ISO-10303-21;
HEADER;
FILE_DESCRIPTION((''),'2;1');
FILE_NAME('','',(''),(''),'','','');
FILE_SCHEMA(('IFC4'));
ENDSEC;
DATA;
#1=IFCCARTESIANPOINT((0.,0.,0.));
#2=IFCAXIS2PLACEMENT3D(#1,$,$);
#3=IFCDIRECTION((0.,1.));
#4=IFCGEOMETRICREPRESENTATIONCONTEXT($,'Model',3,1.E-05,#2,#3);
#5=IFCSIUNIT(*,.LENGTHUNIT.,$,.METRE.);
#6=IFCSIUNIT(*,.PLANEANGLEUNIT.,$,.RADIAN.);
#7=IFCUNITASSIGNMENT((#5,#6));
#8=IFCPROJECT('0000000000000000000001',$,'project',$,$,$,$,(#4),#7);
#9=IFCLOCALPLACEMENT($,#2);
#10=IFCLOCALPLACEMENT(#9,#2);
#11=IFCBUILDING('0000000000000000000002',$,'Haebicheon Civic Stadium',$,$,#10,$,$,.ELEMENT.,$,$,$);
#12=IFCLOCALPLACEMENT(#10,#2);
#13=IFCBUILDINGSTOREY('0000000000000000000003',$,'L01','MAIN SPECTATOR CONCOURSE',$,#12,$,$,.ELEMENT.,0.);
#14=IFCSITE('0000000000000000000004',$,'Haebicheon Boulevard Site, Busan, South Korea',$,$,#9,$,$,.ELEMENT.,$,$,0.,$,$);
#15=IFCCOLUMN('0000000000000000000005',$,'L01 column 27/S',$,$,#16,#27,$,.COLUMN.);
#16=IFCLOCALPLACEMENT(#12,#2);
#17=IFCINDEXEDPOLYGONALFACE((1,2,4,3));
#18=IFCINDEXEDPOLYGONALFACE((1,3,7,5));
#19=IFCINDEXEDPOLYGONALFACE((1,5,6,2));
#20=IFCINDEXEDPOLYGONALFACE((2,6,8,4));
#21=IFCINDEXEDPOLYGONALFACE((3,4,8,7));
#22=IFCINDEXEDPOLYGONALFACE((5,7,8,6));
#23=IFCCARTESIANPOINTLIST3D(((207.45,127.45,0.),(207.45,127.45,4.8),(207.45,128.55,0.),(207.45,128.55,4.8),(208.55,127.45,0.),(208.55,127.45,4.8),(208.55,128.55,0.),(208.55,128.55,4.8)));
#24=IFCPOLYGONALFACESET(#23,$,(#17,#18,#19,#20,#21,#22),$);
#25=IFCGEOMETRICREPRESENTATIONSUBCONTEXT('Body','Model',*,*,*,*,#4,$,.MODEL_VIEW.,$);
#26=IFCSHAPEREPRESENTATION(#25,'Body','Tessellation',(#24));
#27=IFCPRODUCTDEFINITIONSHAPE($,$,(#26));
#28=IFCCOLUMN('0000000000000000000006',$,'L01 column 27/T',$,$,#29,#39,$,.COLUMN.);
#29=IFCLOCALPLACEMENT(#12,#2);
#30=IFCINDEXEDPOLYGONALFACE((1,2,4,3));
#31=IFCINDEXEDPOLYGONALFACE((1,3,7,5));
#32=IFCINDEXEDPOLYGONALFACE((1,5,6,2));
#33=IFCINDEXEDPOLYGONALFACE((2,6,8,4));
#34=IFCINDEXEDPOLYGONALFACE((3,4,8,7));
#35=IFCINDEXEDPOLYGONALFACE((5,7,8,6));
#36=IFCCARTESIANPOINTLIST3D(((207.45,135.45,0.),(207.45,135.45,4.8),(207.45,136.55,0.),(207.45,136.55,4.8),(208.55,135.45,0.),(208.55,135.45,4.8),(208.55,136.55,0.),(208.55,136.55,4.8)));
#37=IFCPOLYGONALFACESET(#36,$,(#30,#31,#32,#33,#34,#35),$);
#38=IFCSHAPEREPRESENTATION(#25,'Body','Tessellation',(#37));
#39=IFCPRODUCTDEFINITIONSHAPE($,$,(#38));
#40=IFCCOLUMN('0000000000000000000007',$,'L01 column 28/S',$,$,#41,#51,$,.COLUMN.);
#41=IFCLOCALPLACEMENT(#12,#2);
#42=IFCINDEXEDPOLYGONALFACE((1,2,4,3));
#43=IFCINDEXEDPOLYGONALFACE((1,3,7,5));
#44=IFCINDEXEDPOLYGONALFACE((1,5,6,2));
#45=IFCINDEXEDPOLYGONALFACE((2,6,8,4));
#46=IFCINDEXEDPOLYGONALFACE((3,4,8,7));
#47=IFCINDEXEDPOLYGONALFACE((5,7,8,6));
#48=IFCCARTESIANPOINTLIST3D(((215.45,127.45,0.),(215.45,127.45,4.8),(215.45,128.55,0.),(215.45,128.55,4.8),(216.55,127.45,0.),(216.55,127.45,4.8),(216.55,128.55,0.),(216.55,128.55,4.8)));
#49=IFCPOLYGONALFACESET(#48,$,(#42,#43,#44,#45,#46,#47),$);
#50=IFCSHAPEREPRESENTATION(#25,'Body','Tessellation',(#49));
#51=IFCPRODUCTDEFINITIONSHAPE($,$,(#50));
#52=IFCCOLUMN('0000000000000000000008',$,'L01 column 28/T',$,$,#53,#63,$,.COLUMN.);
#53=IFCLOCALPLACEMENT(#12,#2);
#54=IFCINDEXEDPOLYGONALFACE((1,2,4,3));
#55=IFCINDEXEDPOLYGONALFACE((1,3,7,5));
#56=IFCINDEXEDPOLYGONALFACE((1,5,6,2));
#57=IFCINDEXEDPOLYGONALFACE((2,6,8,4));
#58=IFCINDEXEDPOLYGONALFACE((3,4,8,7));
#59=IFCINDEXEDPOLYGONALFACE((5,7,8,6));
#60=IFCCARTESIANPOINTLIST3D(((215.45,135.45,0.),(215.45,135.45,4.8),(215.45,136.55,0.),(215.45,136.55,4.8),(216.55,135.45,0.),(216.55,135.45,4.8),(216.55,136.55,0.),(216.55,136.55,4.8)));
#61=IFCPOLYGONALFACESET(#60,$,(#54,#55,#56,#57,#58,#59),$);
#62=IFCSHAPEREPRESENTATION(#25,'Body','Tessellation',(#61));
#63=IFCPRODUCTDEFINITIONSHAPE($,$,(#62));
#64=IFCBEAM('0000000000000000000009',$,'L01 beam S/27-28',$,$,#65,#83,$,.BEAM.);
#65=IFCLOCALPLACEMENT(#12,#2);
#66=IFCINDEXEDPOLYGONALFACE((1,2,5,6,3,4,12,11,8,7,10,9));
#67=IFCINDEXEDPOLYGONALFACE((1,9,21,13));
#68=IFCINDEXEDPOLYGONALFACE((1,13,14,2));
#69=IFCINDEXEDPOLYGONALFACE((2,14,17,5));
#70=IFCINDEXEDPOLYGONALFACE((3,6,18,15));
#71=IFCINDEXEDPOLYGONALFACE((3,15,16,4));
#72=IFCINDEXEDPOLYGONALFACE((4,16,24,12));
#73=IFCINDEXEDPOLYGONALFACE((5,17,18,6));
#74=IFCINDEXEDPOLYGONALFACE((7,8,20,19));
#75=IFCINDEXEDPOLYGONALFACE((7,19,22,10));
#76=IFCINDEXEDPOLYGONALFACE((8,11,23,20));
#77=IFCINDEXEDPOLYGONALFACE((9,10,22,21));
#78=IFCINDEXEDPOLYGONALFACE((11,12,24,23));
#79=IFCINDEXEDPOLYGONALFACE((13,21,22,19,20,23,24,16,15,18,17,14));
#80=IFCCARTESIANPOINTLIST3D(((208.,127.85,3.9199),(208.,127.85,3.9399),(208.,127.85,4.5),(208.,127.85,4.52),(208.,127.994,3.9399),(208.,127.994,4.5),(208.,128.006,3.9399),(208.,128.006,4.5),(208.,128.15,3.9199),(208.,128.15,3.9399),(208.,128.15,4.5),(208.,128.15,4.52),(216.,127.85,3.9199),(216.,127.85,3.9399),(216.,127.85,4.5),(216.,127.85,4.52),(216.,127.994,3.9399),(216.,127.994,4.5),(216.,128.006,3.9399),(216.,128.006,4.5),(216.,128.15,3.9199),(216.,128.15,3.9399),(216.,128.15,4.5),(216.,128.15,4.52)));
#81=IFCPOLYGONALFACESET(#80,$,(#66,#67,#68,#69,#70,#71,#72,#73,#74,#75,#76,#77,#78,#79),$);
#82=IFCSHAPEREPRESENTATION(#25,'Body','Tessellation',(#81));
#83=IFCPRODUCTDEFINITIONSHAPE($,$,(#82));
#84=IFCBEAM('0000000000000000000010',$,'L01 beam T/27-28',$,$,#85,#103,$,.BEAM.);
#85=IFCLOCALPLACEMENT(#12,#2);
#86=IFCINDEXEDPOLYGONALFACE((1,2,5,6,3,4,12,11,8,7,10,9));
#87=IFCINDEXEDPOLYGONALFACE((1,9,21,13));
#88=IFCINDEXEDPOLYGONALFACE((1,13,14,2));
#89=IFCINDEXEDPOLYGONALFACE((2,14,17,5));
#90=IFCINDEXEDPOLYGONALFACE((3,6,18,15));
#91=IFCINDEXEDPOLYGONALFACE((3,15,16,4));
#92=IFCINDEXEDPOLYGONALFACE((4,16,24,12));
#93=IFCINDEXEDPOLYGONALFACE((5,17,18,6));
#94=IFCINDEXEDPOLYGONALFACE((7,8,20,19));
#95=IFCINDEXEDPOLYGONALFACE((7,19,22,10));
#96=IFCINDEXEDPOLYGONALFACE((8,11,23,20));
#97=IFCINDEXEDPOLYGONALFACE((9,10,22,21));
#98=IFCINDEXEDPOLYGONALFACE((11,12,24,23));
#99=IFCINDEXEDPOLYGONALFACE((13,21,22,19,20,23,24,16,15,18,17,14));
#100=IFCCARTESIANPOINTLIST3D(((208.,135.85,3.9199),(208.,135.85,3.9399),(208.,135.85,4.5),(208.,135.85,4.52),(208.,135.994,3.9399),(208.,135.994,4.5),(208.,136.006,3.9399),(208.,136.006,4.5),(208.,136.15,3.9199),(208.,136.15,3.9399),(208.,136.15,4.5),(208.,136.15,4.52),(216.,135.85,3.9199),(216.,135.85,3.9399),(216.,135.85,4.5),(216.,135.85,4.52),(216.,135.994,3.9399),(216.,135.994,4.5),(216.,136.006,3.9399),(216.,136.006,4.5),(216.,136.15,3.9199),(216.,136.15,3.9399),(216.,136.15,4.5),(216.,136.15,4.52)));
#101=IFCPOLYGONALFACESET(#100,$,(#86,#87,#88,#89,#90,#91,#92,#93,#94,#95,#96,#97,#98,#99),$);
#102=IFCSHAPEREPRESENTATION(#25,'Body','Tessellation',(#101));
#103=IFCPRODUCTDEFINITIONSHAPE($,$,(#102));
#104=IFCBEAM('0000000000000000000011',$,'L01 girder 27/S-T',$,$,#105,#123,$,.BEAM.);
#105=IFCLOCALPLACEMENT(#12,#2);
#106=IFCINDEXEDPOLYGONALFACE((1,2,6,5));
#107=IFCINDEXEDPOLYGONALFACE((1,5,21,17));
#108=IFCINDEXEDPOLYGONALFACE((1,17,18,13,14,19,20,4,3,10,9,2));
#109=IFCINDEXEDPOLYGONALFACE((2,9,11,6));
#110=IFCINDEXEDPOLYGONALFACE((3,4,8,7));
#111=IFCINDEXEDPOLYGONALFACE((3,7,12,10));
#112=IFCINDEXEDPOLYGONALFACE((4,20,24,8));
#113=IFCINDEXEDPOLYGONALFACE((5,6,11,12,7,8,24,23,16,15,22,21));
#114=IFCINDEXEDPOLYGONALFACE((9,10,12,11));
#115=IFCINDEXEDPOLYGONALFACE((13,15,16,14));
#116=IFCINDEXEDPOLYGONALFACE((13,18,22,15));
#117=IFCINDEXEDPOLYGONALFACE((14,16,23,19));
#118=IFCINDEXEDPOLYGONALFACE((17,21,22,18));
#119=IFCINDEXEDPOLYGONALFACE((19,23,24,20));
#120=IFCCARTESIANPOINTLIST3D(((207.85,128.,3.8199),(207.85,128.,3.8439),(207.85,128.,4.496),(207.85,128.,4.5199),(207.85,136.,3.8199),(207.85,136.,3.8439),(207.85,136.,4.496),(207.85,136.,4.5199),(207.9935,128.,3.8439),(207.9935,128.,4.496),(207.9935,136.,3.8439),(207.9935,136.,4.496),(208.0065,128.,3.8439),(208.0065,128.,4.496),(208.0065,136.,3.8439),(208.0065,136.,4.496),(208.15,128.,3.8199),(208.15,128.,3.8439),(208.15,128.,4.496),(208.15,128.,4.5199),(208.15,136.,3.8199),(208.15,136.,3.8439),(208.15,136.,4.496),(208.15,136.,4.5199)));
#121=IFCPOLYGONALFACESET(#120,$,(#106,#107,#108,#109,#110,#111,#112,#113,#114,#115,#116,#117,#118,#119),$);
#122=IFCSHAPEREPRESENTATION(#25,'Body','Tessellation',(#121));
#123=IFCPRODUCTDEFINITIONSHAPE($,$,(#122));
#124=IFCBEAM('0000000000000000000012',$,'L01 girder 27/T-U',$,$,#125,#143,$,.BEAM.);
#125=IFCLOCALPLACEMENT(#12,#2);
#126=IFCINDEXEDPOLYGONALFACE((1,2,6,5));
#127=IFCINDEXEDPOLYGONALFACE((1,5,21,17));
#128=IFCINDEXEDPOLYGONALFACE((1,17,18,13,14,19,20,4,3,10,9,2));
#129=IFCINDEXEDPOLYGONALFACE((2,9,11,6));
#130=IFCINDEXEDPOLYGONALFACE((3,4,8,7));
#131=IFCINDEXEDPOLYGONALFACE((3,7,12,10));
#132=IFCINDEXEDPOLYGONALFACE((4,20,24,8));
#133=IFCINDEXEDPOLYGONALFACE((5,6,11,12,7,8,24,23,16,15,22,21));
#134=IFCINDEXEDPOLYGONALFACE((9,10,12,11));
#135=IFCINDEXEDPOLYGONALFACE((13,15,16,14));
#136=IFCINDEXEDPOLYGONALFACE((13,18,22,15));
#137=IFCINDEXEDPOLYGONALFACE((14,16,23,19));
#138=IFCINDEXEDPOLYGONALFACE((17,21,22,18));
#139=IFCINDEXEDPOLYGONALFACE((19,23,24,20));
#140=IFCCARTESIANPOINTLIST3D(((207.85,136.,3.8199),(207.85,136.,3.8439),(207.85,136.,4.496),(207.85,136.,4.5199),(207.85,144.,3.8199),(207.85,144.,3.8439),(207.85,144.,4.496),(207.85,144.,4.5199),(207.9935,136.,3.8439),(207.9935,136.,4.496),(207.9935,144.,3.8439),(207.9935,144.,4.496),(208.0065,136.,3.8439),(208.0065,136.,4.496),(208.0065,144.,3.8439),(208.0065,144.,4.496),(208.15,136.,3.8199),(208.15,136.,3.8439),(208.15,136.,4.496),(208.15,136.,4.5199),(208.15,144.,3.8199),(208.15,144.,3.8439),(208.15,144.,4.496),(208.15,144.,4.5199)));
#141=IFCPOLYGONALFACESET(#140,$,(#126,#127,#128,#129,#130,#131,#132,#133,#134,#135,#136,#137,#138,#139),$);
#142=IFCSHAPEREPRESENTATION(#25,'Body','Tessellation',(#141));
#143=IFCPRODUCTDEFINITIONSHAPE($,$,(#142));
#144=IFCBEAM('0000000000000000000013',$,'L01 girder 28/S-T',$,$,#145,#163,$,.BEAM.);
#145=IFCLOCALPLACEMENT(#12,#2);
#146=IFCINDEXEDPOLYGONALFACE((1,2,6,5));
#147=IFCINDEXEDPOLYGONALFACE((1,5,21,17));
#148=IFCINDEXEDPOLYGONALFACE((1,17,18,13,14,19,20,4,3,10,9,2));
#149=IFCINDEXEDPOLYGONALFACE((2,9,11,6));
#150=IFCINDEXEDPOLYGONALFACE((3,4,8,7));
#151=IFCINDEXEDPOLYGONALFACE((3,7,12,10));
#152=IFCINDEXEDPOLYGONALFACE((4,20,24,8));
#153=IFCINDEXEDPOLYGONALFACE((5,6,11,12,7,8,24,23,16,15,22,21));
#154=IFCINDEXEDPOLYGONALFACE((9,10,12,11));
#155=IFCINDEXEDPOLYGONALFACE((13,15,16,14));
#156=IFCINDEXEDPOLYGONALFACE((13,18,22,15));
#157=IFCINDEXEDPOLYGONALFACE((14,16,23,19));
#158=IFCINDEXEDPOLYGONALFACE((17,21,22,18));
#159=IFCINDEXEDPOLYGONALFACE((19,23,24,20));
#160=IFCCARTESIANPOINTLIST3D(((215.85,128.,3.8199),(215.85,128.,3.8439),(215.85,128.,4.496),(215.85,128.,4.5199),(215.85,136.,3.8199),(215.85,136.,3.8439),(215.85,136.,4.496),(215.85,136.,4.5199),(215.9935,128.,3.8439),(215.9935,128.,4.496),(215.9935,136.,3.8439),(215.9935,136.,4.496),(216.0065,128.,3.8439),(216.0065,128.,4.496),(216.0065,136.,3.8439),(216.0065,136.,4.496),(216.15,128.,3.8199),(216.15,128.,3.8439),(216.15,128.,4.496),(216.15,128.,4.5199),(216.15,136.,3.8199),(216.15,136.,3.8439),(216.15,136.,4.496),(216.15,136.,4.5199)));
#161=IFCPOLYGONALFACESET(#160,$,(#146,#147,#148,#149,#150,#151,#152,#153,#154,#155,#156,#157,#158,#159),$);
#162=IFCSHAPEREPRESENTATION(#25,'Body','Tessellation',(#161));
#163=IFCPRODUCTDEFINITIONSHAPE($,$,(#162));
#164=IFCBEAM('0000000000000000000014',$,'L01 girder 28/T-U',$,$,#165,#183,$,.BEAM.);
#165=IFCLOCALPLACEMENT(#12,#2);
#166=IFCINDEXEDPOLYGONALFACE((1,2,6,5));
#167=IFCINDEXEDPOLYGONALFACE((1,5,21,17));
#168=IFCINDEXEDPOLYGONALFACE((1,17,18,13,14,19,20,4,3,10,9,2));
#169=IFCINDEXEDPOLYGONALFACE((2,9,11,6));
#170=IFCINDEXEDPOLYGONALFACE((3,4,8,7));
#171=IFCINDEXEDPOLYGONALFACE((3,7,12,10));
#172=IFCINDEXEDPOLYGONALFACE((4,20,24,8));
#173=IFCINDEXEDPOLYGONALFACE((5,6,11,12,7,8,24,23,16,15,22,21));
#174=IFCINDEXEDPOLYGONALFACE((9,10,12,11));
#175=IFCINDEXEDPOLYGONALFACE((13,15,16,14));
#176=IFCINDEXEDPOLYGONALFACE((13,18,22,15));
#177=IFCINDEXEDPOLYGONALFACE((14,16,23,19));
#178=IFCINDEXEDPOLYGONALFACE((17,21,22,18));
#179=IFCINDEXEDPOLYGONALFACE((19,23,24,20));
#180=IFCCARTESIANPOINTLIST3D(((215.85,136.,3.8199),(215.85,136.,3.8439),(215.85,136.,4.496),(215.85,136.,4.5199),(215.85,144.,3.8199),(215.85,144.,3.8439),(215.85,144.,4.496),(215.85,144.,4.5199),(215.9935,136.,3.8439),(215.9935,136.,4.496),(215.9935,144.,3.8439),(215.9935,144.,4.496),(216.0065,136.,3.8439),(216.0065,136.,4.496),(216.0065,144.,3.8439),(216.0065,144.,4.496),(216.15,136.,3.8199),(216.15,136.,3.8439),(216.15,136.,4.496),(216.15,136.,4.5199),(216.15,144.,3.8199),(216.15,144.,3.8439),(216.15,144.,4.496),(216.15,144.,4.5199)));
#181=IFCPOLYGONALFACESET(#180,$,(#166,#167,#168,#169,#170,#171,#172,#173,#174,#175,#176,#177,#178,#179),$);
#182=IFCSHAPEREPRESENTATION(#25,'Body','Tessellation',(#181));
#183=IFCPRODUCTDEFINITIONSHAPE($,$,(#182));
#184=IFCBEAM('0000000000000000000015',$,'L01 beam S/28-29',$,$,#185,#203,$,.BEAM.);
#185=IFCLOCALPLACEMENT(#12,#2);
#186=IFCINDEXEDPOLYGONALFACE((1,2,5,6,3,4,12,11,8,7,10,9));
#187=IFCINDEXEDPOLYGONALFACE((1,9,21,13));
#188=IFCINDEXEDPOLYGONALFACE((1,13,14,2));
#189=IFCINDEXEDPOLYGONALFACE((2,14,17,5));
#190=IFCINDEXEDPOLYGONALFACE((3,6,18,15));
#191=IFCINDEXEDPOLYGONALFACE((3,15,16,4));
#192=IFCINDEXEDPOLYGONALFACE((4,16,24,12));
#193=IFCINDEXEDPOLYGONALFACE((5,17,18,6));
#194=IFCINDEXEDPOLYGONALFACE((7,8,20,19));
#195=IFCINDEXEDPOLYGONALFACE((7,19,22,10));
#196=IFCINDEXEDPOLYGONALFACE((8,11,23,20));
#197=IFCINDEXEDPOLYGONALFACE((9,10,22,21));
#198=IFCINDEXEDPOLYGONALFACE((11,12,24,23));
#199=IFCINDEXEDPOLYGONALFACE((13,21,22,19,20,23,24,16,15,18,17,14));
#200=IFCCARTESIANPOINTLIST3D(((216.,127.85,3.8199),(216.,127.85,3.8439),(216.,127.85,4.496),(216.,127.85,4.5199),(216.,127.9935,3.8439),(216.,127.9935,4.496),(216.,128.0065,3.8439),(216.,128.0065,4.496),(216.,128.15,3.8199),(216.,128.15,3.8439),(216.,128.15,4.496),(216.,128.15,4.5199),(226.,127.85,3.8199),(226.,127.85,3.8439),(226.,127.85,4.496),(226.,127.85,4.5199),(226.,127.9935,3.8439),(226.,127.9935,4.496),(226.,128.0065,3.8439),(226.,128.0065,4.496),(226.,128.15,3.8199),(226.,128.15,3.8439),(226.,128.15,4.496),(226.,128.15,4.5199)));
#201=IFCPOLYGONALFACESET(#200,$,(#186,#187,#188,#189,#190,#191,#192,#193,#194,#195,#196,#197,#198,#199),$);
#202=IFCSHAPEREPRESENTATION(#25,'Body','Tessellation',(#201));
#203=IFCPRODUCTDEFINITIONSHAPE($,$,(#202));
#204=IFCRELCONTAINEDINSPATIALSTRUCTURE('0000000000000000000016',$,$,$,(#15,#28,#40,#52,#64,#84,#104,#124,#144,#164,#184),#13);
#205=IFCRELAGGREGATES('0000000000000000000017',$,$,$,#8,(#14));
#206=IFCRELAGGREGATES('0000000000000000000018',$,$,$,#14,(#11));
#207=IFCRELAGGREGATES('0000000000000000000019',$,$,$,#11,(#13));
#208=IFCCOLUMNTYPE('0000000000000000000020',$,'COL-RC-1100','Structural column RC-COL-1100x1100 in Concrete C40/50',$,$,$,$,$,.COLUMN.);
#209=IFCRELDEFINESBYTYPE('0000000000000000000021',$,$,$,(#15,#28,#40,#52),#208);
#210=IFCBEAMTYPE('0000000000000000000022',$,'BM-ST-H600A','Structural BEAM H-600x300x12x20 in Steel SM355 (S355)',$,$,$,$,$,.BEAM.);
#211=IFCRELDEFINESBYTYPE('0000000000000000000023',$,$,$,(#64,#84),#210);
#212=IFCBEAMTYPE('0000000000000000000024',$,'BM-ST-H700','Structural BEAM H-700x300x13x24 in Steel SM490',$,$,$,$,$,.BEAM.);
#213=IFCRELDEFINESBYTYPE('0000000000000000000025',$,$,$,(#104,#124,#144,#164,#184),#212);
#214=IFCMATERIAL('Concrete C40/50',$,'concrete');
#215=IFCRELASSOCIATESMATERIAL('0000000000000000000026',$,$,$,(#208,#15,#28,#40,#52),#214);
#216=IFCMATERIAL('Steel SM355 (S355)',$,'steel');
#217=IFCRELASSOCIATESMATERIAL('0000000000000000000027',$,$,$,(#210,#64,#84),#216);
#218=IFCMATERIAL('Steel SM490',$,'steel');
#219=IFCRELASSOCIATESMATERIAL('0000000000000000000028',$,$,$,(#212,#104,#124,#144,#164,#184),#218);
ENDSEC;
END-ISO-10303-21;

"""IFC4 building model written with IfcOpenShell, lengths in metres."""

from ifc_helpers import new_model, si_unit, direction, frame, origin, origin_2d, place, context, subcontext, project, spatial, rectangle, i_section, extrude, material, material_profile, profile_set, type_object, element, save


model = new_model("IFC4")

# Units and contexts
model_context = context("Model", 3, precision=1e-05, world=origin(), true_north=direction((0.0, 1.0)))
body_context = subcontext(model_context, "Body", "Model", "MODEL_VIEW")
ifc_project = project(units=[si_unit("LENGTHUNIT", "METRE"), si_unit("PLANEANGLEUNIT", "RADIAN")], contexts=[model_context])

# Site, building, storey
site_placement = place(None, origin())
site = spatial("IfcSite", under=ifc_project, at=site_placement, Name="Haebicheon Boulevard Site, Busan, South Korea", CompositionType="ELEMENT", RefElevation=0.0)
building_placement = place(site_placement, origin())
building = spatial("IfcBuilding", under=site, at=building_placement, Name="Haebicheon Civic Stadium", CompositionType="ELEMENT")
storey_placement = place(building_placement, origin())
storey = spatial("IfcBuildingStorey", under=building, at=storey_placement, Name="L01", Description="MAIN SPECTATOR CONCOURSE", CompositionType="ELEMENT", Elevation=0.0)

# Columns
ifc_material_1 = material(Name="Concrete C40/50", Category="concrete")
ifc_material_profile_1 = material_profile(ifc_material_1, rectangle(XDim=1.1001, YDim=1.1001, at=origin_2d()), Name="RC-COL-1100x1100")
ifc_profile_set_1 = profile_set([ifc_material_profile_1], Name="Concrete C40/50")
column_type = type_object("IfcColumnType", Name="COL-RC-1100", Description="Structural column RC-COL-1100x1100 in Concrete C40/50", PredefinedType="COLUMN", material=ifc_profile_set_1)
for number, where, z_axis, x_axis, name in (
    (1, (208.0, 128.0, 0.0), (0.0, 0.0, 1.0), (1.0, 0.0, 0.0), "L01 column 27/S"),
    (2, (208.0, 136.0, 0.0), (0.0, 0.0, 1.0), (1.0, 0.0, 0.0), "L01 column 27/T"),
    (3, (216.0, 128.0, 0.0), (0.0, 0.0, 1.0), (1.0, 0.0, 0.0), "L01 column 28/S"),
    (4, (216.0, 136.0, 0.0), (0.0, 0.0, 1.0), (1.0, 0.0, 0.0), "L01 column 28/T"),
):
    element("IfcColumn", number, at=place(storey_placement, frame(where, z_axis=z_axis, x_axis=x_axis)), inside=storey, type_object=column_type, material=ifc_profile_set_1, Name=name, PredefinedType="COLUMN", context=body_context, shape_type="SweptSolid", body=[
        extrude(rectangle(XDim=1.1001, YDim=1.1001, at=origin_2d()), origin(), (0.0, 0.0, 1.0), 4.8),
    ])

# Beams
ifc_material_2 = material(Name="Steel SM355 (S355)", Category="steel")
ifc_material_profile_2 = material_profile(ifc_material_2, i_section(OverallWidth=0.3, OverallDepth=0.6001, WebThickness=0.012, FlangeThickness=0.02, at=origin_2d()), Name="H-600x300x12x20")
ifc_profile_set_2 = profile_set([ifc_material_profile_2], Name="Steel SM355 (S355)")
beam_type_1 = type_object("IfcBeamType", Name="BM-ST-H600A", Description="Structural BEAM H-600x300x12x20 in Steel SM355 (S355)", PredefinedType="BEAM", material=ifc_profile_set_2)
for number, where, z_axis, x_axis, name in (
    (5, (208.0, 128.0, 4.22), (1.0, 0.0, 0.0), (0.0, 1.0, 0.0), "L01 beam S/27-28"),
    (6, (208.0, 136.0, 4.22), (1.0, 0.0, 0.0), (0.0, 1.0, 0.0), "L01 beam T/27-28"),
):
    element("IfcBeam", number, at=place(storey_placement, frame(where, z_axis=z_axis, x_axis=x_axis)), inside=storey, type_object=beam_type_1, material=ifc_profile_set_2, Name=name, PredefinedType="BEAM", context=body_context, shape_type="SweptSolid", body=[
        extrude(i_section(OverallWidth=0.3, OverallDepth=0.6001, WebThickness=0.012, FlangeThickness=0.02, at=origin_2d()), origin(), (0.0, 0.0, 1.0), 8.0),
    ])
ifc_material_3 = material(Name="Steel SM490", Category="steel")
ifc_material_profile_3 = material_profile(ifc_material_3, i_section(OverallWidth=0.3, OverallDepth=0.7, WebThickness=0.0129, FlangeThickness=0.0239, at=origin_2d()), Name="H-700x300x13x24")
ifc_profile_set_3 = profile_set([ifc_material_profile_3], Name="Steel SM490")
beam_type_2 = type_object("IfcBeamType", Name="BM-ST-H700", Description="Structural BEAM H-700x300x13x24 in Steel SM490", PredefinedType="BEAM", material=ifc_profile_set_3)
for number, where, z_axis, x_axis, name in (
    (7, (208.0, 128.0, 4.1699), (0.0, 1.0, 0.0), (-1.0, 0.0, 0.0), "L01 girder 27/S-T"),
    (8, (208.0, 136.0, 4.1699), (0.0, 1.0, 0.0), (-1.0, 0.0, 0.0), "L01 girder 27/T-U"),
    (9, (216.0, 128.0, 4.1699), (0.0, 1.0, 0.0), (-1.0, 0.0, 0.0), "L01 girder 28/S-T"),
    (10, (216.0, 136.0, 4.1699), (0.0, 1.0, 0.0), (-1.0, 0.0, 0.0), "L01 girder 28/T-U"),
):
    element("IfcBeam", number, at=place(storey_placement, frame(where, z_axis=z_axis, x_axis=x_axis)), inside=storey, type_object=beam_type_2, material=ifc_profile_set_3, Name=name, PredefinedType="BEAM", context=body_context, shape_type="SweptSolid", body=[
        extrude(i_section(OverallWidth=0.3, OverallDepth=0.7, WebThickness=0.0129, FlangeThickness=0.0239, at=origin_2d()), origin(), (0.0, 0.0, 1.0), 8.0),
    ])
for number, where, z_axis, x_axis, name in (
    (11, (216.0, 128.0, 4.1699), (1.0, 0.0, 0.0), (0.0, 1.0, 0.0), "L01 beam S/28-29"),
):
    element("IfcBeam", number, at=place(storey_placement, frame(where, z_axis=z_axis, x_axis=x_axis)), inside=storey, type_object=beam_type_2, material=ifc_profile_set_3, Name=name, PredefinedType="BEAM", context=body_context, shape_type="SweptSolid", body=[
        extrude(i_section(OverallWidth=0.3, OverallDepth=0.7, WebThickness=0.0129, FlangeThickness=0.0239, at=origin_2d()), origin(), (0.0, 0.0, 1.0), 10.0),
    ])

save(model, "model.ifc")
